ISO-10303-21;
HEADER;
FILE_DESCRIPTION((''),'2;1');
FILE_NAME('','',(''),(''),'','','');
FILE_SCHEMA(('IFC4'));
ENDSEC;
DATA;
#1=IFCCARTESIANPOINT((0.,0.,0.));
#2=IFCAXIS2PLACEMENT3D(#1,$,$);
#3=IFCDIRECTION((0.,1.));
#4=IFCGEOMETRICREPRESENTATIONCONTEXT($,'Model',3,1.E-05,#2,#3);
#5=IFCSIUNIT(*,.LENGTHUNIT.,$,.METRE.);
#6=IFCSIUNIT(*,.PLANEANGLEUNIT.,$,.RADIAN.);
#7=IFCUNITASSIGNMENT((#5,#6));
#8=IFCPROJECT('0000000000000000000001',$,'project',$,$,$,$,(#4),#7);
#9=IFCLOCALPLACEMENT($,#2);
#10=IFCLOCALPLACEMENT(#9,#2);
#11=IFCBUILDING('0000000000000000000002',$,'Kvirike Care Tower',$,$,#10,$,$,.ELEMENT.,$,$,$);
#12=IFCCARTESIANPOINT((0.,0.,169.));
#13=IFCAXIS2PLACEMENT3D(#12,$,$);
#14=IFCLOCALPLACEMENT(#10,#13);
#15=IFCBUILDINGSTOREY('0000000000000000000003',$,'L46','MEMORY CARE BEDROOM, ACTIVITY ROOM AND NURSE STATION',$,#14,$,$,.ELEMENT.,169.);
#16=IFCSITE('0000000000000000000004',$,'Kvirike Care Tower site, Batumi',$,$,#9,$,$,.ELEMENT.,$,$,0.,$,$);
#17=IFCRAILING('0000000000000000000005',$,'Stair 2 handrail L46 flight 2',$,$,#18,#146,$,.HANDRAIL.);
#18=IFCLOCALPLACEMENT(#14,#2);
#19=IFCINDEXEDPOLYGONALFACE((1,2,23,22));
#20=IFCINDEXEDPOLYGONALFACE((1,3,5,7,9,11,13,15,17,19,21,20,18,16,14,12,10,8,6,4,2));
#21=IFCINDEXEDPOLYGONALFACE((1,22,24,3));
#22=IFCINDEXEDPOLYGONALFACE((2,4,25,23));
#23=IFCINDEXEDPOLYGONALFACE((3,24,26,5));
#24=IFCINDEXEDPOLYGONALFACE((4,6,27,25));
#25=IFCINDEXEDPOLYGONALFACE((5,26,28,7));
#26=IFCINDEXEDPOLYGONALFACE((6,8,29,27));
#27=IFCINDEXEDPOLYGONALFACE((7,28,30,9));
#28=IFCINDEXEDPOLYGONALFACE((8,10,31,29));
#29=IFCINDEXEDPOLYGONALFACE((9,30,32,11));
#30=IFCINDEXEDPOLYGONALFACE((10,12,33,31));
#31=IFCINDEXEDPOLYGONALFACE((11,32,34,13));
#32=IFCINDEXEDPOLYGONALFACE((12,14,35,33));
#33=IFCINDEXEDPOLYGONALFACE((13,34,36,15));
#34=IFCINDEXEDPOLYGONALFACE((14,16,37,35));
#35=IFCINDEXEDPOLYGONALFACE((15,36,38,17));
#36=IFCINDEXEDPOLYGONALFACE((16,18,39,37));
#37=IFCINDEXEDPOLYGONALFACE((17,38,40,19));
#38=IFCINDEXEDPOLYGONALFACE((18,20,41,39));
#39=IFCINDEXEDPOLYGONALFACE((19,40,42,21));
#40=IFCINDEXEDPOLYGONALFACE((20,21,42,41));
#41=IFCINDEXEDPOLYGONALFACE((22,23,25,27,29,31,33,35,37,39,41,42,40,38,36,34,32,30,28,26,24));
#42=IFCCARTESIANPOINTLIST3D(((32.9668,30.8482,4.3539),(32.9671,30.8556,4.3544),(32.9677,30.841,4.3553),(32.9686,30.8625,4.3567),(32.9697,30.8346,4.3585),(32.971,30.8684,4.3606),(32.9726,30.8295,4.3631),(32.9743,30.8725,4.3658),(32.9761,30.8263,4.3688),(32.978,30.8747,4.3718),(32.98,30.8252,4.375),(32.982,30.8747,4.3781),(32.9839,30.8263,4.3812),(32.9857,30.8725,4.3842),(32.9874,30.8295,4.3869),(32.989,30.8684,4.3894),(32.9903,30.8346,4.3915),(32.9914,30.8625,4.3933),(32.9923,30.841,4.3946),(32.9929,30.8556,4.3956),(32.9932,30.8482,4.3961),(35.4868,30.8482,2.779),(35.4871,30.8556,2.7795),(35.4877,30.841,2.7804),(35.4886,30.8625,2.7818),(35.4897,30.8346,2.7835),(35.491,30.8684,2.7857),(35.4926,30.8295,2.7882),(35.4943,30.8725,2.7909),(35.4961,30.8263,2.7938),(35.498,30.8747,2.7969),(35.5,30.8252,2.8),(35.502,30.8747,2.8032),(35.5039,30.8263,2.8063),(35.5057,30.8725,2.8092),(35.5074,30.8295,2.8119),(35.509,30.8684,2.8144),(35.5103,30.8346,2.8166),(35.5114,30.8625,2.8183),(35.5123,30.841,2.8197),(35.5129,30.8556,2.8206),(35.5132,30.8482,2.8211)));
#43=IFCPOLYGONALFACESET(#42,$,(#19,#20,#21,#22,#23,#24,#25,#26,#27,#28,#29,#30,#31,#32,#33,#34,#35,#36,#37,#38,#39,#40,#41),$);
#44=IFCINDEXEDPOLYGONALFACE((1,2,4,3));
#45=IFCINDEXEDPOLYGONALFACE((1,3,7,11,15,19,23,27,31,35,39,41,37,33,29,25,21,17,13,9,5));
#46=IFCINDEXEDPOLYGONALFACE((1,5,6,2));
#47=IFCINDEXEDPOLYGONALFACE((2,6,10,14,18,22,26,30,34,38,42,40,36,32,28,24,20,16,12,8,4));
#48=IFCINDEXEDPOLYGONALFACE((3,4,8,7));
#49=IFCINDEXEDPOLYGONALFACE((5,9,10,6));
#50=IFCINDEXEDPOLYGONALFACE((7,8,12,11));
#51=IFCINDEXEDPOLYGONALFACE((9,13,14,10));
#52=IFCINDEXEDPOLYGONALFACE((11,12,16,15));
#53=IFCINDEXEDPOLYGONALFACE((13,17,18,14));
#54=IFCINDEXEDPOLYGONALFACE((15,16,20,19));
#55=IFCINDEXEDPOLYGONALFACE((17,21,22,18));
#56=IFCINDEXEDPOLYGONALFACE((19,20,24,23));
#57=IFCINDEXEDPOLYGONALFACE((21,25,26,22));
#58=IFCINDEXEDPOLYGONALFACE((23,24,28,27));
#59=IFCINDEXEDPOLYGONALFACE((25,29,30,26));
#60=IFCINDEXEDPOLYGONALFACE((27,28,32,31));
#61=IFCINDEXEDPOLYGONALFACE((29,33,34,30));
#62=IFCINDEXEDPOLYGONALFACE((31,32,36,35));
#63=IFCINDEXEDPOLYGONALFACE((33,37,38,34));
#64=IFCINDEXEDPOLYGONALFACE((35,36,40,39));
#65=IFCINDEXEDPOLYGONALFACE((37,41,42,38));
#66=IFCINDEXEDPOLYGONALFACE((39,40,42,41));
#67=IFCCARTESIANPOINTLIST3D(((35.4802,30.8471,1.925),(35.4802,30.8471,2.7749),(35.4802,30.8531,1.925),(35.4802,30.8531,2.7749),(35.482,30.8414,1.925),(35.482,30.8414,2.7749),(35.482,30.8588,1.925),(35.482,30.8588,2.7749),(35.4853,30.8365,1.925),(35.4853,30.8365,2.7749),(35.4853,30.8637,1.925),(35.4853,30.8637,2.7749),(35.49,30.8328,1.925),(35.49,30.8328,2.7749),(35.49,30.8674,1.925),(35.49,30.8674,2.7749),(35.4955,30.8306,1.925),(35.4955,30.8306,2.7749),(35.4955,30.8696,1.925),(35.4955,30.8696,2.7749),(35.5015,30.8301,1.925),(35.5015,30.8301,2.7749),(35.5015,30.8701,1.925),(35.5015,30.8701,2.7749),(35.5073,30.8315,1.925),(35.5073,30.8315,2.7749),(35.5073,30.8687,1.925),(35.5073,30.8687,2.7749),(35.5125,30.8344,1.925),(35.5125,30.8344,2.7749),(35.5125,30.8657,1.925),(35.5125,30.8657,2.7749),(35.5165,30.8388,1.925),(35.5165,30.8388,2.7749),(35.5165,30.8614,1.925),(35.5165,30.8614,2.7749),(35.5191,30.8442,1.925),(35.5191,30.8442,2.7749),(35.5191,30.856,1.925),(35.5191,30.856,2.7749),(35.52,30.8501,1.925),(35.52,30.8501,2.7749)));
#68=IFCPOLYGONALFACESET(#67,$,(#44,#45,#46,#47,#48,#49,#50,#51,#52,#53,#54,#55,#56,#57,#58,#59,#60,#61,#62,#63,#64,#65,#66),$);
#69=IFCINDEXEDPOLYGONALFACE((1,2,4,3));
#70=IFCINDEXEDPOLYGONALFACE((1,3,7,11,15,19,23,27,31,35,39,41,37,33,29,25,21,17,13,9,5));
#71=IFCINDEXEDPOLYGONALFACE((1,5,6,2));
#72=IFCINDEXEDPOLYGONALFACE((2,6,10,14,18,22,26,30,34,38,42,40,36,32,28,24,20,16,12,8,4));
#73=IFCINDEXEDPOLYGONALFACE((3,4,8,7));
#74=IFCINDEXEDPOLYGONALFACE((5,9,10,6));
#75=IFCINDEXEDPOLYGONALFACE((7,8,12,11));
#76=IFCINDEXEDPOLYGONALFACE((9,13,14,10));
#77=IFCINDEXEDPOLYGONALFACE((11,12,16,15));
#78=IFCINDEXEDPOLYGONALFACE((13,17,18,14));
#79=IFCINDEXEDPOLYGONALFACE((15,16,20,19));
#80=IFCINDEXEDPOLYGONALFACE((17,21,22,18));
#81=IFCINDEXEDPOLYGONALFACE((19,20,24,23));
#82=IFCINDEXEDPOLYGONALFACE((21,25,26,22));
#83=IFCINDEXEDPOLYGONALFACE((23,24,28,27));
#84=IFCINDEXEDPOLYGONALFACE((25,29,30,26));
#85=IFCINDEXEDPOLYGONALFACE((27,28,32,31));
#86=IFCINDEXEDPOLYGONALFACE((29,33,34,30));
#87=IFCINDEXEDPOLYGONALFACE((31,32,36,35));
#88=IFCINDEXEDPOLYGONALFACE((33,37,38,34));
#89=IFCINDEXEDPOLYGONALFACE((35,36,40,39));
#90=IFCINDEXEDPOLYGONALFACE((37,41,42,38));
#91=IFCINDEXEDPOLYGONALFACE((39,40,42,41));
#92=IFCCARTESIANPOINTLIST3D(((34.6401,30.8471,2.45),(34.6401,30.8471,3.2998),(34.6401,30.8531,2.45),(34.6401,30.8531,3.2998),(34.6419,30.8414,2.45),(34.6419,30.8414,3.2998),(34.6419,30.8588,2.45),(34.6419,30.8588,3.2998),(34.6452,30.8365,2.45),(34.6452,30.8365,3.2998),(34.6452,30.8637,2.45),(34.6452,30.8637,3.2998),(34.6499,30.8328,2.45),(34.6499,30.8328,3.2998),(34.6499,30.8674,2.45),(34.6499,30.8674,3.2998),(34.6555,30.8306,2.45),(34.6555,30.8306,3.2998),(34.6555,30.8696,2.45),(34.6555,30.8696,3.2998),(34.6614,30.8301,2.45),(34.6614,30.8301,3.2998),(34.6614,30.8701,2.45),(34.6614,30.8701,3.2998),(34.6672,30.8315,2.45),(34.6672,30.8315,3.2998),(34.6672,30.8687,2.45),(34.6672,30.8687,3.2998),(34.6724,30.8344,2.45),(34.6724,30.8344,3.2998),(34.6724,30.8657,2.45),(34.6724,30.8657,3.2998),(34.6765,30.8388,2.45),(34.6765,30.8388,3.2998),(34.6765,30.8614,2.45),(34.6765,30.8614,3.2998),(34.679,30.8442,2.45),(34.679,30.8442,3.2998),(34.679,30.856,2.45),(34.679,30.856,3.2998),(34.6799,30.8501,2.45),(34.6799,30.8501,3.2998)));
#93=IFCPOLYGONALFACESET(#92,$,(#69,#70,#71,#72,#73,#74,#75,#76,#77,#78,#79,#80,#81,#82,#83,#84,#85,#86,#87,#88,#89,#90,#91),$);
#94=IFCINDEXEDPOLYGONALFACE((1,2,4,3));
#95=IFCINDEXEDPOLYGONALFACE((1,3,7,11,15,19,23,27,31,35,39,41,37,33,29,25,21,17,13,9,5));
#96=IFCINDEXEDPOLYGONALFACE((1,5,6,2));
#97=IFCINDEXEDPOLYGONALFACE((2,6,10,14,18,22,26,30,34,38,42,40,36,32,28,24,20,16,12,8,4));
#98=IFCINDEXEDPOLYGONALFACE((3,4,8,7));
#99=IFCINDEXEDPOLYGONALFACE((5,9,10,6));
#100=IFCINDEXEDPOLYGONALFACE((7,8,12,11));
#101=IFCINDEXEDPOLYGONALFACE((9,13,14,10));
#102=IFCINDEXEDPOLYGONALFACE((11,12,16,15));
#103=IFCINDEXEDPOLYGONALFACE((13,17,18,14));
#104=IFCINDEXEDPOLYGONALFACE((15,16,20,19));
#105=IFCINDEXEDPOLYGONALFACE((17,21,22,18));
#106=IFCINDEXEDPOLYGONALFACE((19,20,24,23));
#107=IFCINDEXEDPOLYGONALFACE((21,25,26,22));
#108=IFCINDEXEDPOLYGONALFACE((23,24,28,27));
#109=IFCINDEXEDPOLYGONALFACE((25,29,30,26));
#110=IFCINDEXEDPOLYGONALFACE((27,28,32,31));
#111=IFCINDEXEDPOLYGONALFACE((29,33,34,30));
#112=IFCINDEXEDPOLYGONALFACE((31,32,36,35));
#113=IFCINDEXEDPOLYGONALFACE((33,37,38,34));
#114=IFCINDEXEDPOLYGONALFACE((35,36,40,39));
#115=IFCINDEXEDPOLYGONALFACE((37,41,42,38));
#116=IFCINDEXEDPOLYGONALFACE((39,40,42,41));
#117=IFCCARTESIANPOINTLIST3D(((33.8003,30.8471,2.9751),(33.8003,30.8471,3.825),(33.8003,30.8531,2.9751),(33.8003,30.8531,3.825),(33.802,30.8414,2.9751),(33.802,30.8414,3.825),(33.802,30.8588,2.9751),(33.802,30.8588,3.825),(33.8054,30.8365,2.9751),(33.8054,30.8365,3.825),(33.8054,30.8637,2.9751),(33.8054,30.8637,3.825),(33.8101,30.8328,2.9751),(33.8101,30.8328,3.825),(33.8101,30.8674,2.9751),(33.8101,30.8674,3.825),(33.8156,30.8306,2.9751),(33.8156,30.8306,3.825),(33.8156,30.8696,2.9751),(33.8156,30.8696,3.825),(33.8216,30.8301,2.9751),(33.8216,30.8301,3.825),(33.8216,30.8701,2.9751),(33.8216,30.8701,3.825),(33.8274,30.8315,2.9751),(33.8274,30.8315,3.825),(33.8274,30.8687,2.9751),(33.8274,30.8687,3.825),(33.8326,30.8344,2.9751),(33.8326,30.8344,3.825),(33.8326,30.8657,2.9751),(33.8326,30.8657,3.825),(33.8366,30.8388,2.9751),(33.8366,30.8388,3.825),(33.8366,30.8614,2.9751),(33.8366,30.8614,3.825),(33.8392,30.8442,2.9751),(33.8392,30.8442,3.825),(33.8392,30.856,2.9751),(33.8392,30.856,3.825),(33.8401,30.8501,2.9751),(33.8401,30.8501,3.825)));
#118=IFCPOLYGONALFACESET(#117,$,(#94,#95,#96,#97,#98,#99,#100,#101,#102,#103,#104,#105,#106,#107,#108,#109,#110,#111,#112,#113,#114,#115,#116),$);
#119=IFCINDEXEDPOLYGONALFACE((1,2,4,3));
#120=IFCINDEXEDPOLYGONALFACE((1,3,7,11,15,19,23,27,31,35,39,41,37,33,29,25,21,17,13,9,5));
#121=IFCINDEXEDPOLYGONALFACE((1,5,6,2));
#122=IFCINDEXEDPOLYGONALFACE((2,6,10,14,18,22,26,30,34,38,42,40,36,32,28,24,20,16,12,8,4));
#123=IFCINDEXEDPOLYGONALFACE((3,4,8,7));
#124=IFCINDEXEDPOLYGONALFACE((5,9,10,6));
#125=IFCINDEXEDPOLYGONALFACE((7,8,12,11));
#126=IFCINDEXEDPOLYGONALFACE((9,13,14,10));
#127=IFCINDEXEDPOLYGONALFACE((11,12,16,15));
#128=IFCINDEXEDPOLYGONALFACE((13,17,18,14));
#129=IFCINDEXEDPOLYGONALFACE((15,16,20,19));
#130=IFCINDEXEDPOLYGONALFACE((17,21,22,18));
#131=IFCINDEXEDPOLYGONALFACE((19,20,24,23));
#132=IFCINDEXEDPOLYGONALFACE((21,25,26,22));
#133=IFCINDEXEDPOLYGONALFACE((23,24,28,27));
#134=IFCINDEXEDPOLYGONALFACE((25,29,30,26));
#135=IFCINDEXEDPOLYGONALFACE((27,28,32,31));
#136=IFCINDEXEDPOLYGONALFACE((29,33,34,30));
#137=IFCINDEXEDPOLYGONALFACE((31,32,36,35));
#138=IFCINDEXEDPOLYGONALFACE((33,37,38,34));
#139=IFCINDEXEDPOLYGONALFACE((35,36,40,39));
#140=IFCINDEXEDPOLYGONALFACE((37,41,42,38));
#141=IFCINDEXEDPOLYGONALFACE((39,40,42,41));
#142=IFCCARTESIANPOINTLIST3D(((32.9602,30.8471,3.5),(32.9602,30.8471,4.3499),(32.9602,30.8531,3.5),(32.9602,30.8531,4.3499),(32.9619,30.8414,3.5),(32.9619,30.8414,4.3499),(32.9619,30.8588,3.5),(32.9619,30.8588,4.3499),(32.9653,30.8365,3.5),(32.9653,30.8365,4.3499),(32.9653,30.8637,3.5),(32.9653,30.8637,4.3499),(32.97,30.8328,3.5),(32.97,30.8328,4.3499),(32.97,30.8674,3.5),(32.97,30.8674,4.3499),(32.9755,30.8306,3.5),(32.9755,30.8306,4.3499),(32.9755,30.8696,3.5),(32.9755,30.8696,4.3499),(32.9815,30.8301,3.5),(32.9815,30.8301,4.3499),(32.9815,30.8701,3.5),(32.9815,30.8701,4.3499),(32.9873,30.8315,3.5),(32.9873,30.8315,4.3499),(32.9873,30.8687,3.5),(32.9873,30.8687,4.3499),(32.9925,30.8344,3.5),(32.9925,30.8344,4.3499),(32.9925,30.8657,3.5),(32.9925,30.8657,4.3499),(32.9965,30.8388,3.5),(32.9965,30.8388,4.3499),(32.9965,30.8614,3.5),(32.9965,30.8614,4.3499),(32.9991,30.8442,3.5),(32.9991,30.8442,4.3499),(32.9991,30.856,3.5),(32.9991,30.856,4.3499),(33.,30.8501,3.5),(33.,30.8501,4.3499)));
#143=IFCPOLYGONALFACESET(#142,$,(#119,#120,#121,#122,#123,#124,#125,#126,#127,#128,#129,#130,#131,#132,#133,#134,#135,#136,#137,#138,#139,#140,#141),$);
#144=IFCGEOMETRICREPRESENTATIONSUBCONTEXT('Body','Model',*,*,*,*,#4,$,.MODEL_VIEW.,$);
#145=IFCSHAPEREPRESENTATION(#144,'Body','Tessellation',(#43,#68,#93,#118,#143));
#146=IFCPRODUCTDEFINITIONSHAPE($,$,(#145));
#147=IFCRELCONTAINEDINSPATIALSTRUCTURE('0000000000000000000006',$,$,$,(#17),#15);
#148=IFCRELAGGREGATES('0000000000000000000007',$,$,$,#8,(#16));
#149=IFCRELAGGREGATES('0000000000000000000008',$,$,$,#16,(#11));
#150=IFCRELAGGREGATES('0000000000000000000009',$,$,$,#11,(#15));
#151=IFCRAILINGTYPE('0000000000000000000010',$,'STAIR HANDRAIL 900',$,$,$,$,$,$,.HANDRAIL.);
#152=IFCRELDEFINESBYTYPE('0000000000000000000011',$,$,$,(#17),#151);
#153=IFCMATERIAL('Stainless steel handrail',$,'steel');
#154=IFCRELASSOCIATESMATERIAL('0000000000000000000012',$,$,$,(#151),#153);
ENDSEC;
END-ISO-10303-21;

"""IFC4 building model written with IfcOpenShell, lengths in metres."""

from ifc_helpers import new_model, si_unit, direction, frame, origin, origin_2d, place, context, subcontext, project, spatial, circle, extrude, material, type_object, element, save


model = new_model("IFC4")

# Units and contexts
model_context = context("Model", 3, precision=1e-05, world=origin(), true_north=direction((0.0, 1.0)))
body_context = subcontext(model_context, "Body", "Model", "MODEL_VIEW")
ifc_project = project(units=[si_unit("LENGTHUNIT", "METRE"), si_unit("PLANEANGLEUNIT", "RADIAN")], contexts=[model_context])

# Site, building, storey
site_placement = place(None, origin())
site = spatial("IfcSite", under=ifc_project, at=site_placement, Name="Kvirike Care Tower site, Batumi", CompositionType="ELEMENT", RefElevation=0.0)
building_placement = place(site_placement, origin())
building = spatial("IfcBuilding", under=site, at=building_placement, Name="Kvirike Care Tower", CompositionType="ELEMENT")
storey_placement = place(building_placement, frame((0.0, 0.0, 169.0)))
storey = spatial("IfcBuildingStorey", under=building, at=storey_placement, Name="L46", Description="MEMORY CARE BEDROOM, ACTIVITY ROOM AND NURSE STATION", CompositionType="ELEMENT", Elevation=169.0)

# Railing
ifc_material_1 = material(Name="Stainless steel handrail", Category="steel")
railing_type = type_object("IfcRailingType", Name="STAIR HANDRAIL 900", PredefinedType="HANDRAIL", material=ifc_material_1)
railing_1_placement = place(storey_placement, frame((35.5, 30.8501, 1.925)))
element("IfcRailing", 1, at=railing_1_placement, inside=storey, type_object=railing_type, Name="Stair 2 handrail L46 flight 2", PredefinedType="HANDRAIL", context=body_context, shape_type="SweptSolid", body=[
    extrude(circle(Radius=0.0249, at=origin_2d()), frame((0.0, 0.0, 0.875), z_axis=(-0.848008, 0.0, 0.529984), x_axis=(0.0, -1.0, 0.0)), (0.0, 0.0, 1.0), 2.9717),
    extrude(circle(Radius=0.02, at=origin_2d()), origin(), (0.0, 0.0, 1.0), 0.8499),
    extrude(circle(Radius=0.02, at=origin_2d()), frame((-0.8401, 0.0, 0.5249)), (0.0, 0.0, 1.0), 0.8499),
    extrude(circle(Radius=0.02, at=origin_2d()), frame((-1.6799, 0.0, 1.05)), (0.0, 0.0, 1.0), 0.8499),
    extrude(circle(Radius=0.02, at=origin_2d()), frame((-2.52, 0.0, 1.575)), (0.0, 0.0, 1.0), 0.8499),
])

save(model, "model.ifc")
